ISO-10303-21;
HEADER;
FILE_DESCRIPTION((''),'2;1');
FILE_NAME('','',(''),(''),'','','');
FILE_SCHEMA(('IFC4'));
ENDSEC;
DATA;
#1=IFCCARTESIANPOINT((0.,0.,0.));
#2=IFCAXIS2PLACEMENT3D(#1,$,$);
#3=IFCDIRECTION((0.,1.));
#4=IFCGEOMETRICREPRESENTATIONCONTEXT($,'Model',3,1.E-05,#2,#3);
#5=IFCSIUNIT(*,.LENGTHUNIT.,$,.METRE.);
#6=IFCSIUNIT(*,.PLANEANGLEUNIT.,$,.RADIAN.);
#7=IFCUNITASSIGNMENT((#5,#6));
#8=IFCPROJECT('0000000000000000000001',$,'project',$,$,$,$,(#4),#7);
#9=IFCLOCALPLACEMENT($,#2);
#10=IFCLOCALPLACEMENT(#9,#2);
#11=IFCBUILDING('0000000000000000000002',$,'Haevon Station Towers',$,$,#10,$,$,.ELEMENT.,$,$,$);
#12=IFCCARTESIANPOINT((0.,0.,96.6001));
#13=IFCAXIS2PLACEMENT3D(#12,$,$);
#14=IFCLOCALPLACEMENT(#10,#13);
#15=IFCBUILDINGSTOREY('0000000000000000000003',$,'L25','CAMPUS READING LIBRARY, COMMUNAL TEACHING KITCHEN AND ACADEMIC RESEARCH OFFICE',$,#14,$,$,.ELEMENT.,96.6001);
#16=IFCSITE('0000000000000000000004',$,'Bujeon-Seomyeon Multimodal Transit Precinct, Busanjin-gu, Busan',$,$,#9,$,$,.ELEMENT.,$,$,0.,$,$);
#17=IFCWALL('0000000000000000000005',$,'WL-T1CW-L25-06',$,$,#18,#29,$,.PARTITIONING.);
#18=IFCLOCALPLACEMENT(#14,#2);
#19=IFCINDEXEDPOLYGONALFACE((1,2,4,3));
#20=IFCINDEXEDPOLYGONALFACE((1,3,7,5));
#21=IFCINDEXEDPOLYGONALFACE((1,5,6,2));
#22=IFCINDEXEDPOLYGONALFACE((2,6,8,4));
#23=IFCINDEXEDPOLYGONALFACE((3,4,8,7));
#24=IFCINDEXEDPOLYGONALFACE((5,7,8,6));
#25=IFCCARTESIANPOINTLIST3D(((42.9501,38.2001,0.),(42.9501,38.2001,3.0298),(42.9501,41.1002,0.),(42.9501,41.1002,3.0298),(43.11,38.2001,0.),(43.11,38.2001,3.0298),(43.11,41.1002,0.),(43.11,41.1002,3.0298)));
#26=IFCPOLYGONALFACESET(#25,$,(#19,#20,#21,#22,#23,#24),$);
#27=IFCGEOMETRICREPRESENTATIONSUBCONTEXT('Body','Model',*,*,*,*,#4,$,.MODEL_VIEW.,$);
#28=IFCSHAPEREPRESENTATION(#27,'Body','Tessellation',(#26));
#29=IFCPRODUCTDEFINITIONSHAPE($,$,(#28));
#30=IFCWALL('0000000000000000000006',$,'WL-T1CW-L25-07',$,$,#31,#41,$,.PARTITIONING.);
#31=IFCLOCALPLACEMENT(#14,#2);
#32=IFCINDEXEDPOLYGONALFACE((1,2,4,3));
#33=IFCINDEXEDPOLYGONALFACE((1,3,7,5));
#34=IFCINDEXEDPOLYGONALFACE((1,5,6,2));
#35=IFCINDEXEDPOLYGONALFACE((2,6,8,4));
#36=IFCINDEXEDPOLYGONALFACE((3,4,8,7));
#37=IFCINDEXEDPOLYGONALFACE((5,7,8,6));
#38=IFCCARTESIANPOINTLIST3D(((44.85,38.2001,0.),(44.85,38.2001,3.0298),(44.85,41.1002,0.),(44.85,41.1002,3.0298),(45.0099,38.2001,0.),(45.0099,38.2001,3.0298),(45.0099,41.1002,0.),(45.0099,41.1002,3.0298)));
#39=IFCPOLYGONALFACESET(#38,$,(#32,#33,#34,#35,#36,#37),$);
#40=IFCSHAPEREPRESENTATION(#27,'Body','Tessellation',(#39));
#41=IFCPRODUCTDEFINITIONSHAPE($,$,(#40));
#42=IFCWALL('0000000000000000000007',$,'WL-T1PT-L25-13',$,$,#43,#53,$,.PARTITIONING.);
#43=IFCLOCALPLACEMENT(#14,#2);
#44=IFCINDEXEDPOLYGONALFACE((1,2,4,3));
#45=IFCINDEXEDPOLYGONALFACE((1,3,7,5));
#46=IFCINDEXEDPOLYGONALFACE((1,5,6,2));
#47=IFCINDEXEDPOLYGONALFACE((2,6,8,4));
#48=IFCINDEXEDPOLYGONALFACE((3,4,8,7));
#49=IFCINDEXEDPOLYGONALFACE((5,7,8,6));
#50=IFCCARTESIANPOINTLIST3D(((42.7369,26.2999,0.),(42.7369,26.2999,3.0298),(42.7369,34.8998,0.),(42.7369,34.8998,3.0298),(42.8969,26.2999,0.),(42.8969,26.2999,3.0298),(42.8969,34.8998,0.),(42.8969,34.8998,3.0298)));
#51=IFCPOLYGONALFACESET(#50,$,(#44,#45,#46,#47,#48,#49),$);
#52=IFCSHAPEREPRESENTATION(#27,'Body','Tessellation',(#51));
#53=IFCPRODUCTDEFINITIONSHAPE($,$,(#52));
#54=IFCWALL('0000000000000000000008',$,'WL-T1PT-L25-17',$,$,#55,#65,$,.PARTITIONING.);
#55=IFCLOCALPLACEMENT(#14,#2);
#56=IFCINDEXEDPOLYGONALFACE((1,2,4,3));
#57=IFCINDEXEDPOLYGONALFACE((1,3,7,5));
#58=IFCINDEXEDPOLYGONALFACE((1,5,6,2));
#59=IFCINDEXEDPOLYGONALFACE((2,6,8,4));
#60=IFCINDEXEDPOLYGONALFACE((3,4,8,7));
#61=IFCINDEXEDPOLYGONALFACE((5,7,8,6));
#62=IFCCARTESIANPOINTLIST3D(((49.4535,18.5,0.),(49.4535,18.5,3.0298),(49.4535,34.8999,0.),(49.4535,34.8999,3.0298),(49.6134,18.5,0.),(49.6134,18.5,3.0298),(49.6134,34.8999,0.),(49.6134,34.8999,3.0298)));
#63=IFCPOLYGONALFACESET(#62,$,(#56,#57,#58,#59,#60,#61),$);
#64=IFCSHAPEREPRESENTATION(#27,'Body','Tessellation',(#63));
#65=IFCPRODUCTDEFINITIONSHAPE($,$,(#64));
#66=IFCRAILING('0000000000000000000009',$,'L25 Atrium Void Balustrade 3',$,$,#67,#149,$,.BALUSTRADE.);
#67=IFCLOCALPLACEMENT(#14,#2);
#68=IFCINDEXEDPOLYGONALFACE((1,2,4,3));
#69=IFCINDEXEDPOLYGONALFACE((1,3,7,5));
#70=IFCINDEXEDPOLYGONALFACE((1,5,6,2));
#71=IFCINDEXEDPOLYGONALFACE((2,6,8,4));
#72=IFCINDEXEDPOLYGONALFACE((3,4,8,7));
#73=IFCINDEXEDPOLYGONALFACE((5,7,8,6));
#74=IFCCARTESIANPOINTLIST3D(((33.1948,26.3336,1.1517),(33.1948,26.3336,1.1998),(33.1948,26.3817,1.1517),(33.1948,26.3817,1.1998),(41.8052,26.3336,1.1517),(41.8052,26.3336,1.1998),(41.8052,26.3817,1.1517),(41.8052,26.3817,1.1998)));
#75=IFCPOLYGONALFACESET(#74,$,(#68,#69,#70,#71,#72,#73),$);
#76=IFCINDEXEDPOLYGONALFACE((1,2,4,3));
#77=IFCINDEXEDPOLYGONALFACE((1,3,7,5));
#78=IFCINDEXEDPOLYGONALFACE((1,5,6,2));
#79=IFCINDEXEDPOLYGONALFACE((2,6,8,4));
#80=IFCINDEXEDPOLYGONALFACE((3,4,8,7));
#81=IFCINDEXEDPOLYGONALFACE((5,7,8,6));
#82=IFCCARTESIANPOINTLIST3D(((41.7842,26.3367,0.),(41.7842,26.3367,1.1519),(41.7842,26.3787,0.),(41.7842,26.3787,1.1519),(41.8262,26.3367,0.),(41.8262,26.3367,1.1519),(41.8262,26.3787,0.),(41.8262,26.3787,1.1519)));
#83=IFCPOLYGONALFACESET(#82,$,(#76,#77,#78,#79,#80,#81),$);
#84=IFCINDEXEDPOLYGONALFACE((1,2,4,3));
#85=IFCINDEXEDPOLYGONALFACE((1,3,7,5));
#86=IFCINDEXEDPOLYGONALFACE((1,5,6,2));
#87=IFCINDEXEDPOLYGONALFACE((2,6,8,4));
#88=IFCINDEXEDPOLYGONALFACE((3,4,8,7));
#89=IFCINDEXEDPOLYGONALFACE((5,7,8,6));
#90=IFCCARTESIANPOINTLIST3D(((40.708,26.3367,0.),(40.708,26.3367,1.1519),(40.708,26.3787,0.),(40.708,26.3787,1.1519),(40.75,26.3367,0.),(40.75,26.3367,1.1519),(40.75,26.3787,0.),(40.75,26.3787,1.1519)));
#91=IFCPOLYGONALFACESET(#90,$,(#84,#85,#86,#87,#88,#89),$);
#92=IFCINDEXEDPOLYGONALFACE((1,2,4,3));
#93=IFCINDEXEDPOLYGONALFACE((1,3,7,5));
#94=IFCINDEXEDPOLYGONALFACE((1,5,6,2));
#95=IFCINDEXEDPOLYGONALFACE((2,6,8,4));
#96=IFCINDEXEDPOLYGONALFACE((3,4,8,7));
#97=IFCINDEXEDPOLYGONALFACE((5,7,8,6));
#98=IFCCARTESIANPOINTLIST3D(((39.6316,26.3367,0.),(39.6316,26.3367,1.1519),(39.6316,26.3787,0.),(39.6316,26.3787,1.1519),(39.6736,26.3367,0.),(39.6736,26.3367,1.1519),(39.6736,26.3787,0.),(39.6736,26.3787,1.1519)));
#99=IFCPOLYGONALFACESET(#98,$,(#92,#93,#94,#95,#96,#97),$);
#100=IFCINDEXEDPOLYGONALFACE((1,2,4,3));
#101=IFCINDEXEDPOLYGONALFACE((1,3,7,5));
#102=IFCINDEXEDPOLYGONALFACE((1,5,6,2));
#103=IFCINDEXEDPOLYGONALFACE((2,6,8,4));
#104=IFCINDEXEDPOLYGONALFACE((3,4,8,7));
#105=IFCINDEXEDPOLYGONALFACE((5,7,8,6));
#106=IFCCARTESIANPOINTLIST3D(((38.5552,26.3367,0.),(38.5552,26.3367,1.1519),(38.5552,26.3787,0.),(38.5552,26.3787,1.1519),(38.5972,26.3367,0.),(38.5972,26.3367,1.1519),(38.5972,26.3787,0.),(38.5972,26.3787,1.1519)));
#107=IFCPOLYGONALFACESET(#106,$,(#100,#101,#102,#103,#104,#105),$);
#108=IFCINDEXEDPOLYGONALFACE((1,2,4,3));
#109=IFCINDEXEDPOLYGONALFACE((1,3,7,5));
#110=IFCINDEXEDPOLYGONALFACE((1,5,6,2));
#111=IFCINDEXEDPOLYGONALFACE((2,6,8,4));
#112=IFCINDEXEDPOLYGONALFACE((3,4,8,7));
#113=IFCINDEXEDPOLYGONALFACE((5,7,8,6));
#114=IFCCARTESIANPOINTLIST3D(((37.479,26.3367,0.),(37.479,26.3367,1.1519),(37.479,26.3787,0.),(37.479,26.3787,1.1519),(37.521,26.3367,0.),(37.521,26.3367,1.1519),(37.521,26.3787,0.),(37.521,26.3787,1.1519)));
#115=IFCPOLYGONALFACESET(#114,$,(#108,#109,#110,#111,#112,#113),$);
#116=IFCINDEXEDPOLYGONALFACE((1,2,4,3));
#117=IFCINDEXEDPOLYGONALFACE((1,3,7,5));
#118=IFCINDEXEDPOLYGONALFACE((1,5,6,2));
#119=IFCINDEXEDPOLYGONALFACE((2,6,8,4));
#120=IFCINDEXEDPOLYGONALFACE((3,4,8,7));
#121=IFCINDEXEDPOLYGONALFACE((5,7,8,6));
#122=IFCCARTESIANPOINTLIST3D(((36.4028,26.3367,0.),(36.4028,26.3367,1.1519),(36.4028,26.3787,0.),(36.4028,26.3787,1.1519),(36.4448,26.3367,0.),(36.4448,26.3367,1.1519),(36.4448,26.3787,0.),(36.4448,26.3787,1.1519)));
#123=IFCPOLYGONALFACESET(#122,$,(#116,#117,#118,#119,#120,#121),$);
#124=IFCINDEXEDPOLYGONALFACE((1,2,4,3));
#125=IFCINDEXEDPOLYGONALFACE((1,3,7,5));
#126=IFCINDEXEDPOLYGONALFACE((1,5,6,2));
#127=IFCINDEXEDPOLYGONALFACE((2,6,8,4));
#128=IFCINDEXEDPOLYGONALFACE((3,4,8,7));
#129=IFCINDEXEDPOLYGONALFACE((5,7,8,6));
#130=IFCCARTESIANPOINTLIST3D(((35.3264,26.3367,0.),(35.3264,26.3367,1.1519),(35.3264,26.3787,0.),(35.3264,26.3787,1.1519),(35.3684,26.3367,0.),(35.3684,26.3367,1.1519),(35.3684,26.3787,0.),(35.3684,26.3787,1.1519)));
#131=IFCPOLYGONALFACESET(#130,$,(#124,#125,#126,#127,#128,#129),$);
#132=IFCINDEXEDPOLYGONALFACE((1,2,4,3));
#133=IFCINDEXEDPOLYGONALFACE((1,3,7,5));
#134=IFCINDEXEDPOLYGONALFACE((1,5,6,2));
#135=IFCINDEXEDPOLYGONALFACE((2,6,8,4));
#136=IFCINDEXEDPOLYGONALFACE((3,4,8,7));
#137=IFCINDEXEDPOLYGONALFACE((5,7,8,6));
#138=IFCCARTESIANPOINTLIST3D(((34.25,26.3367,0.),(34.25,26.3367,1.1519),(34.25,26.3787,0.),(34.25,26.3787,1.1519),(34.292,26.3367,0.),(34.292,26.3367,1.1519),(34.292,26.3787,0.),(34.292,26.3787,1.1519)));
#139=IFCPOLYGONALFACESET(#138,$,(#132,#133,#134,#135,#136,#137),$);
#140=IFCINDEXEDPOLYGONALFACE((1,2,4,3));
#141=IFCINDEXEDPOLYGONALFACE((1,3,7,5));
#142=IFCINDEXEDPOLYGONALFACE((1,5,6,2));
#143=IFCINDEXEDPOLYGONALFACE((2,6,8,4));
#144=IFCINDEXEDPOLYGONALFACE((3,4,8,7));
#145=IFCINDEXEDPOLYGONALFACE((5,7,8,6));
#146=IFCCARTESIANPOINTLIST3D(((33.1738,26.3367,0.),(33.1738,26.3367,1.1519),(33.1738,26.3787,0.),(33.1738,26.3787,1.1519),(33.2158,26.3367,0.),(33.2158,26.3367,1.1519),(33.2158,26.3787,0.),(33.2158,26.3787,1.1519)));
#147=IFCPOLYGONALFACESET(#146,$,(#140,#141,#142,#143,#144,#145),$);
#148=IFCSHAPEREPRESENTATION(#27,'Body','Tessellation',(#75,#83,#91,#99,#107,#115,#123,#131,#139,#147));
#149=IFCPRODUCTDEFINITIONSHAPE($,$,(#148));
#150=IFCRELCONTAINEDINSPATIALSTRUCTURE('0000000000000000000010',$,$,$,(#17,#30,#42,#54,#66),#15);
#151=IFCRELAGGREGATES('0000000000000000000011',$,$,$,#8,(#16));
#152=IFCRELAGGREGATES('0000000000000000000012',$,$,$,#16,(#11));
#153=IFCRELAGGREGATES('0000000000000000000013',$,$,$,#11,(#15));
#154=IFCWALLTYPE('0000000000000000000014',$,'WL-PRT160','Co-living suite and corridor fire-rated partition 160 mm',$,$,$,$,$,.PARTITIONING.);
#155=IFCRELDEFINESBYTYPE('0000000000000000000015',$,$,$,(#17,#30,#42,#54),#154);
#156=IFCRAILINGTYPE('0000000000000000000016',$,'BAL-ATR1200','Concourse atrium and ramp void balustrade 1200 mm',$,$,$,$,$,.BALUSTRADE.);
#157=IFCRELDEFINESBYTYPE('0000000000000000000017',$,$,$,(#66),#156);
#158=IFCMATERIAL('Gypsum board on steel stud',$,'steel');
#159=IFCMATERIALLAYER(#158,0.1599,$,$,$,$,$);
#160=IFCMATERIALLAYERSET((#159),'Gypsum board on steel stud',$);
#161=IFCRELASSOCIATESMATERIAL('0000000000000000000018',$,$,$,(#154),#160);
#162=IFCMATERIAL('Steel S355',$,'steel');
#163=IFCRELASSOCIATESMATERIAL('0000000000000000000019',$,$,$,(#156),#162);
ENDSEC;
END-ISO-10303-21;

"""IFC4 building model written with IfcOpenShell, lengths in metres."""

from ifc_helpers import new_model, si_unit, direction, frame, frame_2d, origin, origin_2d, place, context, subcontext, project, spatial, rectangle, extrude, material, layer, layer_set, type_object, element, save


model = new_model("IFC4")

# Units and contexts
model_context = context("Model", 3, precision=1e-05, world=origin(), true_north=direction((0.0, 1.0)))
body_context = subcontext(model_context, "Body", "Model", "MODEL_VIEW")
ifc_project = project(units=[si_unit("LENGTHUNIT", "METRE"), si_unit("PLANEANGLEUNIT", "RADIAN")], contexts=[model_context])

# Site, building, storey
site_placement = place(None, origin())
site = spatial("IfcSite", under=ifc_project, at=site_placement, Name="Bujeon-Seomyeon Multimodal Transit Precinct, Busanjin-gu, Busan", CompositionType="ELEMENT", RefElevation=0.0)
building_placement = place(site_placement, origin())
building = spatial("IfcBuilding", under=site, at=building_placement, Name="Haevon Station Towers", CompositionType="ELEMENT")
storey_placement = place(building_placement, frame((0.0, 0.0, 96.6001)))
storey = spatial("IfcBuildingStorey", under=building, at=storey_placement, Name="L25", Description="CAMPUS READING LIBRARY, COMMUNAL TEACHING KITCHEN AND ACADEMIC RESEARCH OFFICE", CompositionType="ELEMENT", Elevation=96.6001)

# Shared definitions
ifc_material_1 = material(Name="Steel S355", Category="steel")

# Shared definitions
ifc_material_2 = material(Name="Gypsum board on steel stud", Category="steel")

# Walls
ifc_layer_1 = layer(ifc_material_2, 0.1599)
ifc_layer_set_1 = layer_set([ifc_layer_1], Name="Gypsum board on steel stud")
wall_type_1 = type_object("IfcWallType", Name="WL-PRT160", Description="Co-living suite and corridor fire-rated partition 160 mm", PredefinedType="PARTITIONING", material=ifc_layer_set_1)
for number, where, z_axis, x_axis, name in (
    (1, (43.03, 38.2, 0.0), (0.0, 0.0, 1.0), (0.0, 1.0, 0.0), "WL-T1CW-L25-06"),
    (2, (44.9299, 38.2, 0.0), (0.0, 0.0, 1.0), (0.0, 1.0, 0.0), "WL-T1CW-L25-07"),
):
    element("IfcWall", number, at=place(storey_placement, frame(where, z_axis=z_axis, x_axis=x_axis)), inside=storey, type_object=wall_type_1, Name=name, PredefinedType="PARTITIONING", context=body_context, shape_type="SweptSolid", body=[
        extrude(rectangle(XDim=2.9001, YDim=0.1599, at=frame_2d((1.4502, 0.0))), origin(), (0.0, 0.0, 1.0), 3.0298),
    ])
wall_1_placement = place(storey_placement, frame((42.8169, 26.3, 0.0), z_axis=(0.0, 0.0, 1.0), x_axis=(0.0, 1.0, 0.0)))
element("IfcWall", 3, at=wall_1_placement, inside=storey, type_object=wall_type_1, Name="WL-T1PT-L25-13", PredefinedType="PARTITIONING", context=body_context, shape_type="SweptSolid", body=[
    extrude(rectangle(XDim=8.5999, YDim=0.1599, at=frame_2d((4.2998, 0.0))), origin(), (0.0, 0.0, 1.0), 3.0298),
])
wall_2_placement = place(storey_placement, frame((49.5334, 18.5, 0.0), z_axis=(0.0, 0.0, 1.0), x_axis=(0.0, 1.0, 0.0)))
element("IfcWall", 4, at=wall_2_placement, inside=storey, type_object=wall_type_1, Name="WL-T1PT-L25-17", PredefinedType="PARTITIONING", context=body_context, shape_type="SweptSolid", body=[
    extrude(rectangle(XDim=16.3999, YDim=0.1599, at=frame_2d((8.2, 0.0))), origin(), (0.0, 0.0, 1.0), 3.0298),
])

# Railing
railing_type = type_object("IfcRailingType", Name="BAL-ATR1200", Description="Concourse atrium and ramp void balustrade 1200 mm", PredefinedType="BALUSTRADE", material=ifc_material_1)
railing_placement = place(storey_placement, frame((41.8052, 26.3577, 0.0)))
element("IfcRailing", 5, at=railing_placement, inside=storey, type_object=railing_type, Name="L25 Atrium Void Balustrade 3", PredefinedType="BALUSTRADE", context=body_context, shape_type="SweptSolid", body=[
    extrude(rectangle(XDim=0.0481, YDim=0.0481, at=origin_2d()), frame((0.0, 0.0, 1.1758), z_axis=(-1.0, 0.0, 0.0), x_axis=(0.0, -1.0, 0.0)), (0.0, 0.0, 1.0), 8.6104),
    extrude(rectangle(XDim=0.042, YDim=0.042, at=origin_2d()), origin(), (0.0, 0.0, 1.0), 1.1519),
    extrude(rectangle(XDim=0.042, YDim=0.042, at=origin_2d()), frame((-1.0762, 0.0, 0.0)), (0.0, 0.0, 1.0), 1.1519),
    extrude(rectangle(XDim=0.042, YDim=0.042, at=origin_2d()), frame((-2.1526, 0.0, 0.0)), (0.0, 0.0, 1.0), 1.1519),
    extrude(rectangle(XDim=0.042, YDim=0.042, at=origin_2d()), frame((-3.229, 0.0, 0.0)), (0.0, 0.0, 1.0), 1.1519),
    extrude(rectangle(XDim=0.042, YDim=0.042, at=origin_2d()), frame((-4.3052, 0.0, 0.0)), (0.0, 0.0, 1.0), 1.1519),
    extrude(rectangle(XDim=0.042, YDim=0.042, at=origin_2d()), frame((-5.3813, 0.0, 0.0)), (0.0, 0.0, 1.0), 1.1519),
    extrude(rectangle(XDim=0.042, YDim=0.042, at=origin_2d()), frame((-6.4578, 0.0, 0.0)), (0.0, 0.0, 1.0), 1.1519),
    extrude(rectangle(XDim=0.042, YDim=0.042, at=origin_2d()), frame((-7.5342, 0.0, 0.0)), (0.0, 0.0, 1.0), 1.1519),
    extrude(rectangle(XDim=0.042, YDim=0.042, at=origin_2d()), frame((-8.6104, 0.0, 0.0)), (0.0, 0.0, 1.0), 1.1519),
])

save(model, "model.ifc")
